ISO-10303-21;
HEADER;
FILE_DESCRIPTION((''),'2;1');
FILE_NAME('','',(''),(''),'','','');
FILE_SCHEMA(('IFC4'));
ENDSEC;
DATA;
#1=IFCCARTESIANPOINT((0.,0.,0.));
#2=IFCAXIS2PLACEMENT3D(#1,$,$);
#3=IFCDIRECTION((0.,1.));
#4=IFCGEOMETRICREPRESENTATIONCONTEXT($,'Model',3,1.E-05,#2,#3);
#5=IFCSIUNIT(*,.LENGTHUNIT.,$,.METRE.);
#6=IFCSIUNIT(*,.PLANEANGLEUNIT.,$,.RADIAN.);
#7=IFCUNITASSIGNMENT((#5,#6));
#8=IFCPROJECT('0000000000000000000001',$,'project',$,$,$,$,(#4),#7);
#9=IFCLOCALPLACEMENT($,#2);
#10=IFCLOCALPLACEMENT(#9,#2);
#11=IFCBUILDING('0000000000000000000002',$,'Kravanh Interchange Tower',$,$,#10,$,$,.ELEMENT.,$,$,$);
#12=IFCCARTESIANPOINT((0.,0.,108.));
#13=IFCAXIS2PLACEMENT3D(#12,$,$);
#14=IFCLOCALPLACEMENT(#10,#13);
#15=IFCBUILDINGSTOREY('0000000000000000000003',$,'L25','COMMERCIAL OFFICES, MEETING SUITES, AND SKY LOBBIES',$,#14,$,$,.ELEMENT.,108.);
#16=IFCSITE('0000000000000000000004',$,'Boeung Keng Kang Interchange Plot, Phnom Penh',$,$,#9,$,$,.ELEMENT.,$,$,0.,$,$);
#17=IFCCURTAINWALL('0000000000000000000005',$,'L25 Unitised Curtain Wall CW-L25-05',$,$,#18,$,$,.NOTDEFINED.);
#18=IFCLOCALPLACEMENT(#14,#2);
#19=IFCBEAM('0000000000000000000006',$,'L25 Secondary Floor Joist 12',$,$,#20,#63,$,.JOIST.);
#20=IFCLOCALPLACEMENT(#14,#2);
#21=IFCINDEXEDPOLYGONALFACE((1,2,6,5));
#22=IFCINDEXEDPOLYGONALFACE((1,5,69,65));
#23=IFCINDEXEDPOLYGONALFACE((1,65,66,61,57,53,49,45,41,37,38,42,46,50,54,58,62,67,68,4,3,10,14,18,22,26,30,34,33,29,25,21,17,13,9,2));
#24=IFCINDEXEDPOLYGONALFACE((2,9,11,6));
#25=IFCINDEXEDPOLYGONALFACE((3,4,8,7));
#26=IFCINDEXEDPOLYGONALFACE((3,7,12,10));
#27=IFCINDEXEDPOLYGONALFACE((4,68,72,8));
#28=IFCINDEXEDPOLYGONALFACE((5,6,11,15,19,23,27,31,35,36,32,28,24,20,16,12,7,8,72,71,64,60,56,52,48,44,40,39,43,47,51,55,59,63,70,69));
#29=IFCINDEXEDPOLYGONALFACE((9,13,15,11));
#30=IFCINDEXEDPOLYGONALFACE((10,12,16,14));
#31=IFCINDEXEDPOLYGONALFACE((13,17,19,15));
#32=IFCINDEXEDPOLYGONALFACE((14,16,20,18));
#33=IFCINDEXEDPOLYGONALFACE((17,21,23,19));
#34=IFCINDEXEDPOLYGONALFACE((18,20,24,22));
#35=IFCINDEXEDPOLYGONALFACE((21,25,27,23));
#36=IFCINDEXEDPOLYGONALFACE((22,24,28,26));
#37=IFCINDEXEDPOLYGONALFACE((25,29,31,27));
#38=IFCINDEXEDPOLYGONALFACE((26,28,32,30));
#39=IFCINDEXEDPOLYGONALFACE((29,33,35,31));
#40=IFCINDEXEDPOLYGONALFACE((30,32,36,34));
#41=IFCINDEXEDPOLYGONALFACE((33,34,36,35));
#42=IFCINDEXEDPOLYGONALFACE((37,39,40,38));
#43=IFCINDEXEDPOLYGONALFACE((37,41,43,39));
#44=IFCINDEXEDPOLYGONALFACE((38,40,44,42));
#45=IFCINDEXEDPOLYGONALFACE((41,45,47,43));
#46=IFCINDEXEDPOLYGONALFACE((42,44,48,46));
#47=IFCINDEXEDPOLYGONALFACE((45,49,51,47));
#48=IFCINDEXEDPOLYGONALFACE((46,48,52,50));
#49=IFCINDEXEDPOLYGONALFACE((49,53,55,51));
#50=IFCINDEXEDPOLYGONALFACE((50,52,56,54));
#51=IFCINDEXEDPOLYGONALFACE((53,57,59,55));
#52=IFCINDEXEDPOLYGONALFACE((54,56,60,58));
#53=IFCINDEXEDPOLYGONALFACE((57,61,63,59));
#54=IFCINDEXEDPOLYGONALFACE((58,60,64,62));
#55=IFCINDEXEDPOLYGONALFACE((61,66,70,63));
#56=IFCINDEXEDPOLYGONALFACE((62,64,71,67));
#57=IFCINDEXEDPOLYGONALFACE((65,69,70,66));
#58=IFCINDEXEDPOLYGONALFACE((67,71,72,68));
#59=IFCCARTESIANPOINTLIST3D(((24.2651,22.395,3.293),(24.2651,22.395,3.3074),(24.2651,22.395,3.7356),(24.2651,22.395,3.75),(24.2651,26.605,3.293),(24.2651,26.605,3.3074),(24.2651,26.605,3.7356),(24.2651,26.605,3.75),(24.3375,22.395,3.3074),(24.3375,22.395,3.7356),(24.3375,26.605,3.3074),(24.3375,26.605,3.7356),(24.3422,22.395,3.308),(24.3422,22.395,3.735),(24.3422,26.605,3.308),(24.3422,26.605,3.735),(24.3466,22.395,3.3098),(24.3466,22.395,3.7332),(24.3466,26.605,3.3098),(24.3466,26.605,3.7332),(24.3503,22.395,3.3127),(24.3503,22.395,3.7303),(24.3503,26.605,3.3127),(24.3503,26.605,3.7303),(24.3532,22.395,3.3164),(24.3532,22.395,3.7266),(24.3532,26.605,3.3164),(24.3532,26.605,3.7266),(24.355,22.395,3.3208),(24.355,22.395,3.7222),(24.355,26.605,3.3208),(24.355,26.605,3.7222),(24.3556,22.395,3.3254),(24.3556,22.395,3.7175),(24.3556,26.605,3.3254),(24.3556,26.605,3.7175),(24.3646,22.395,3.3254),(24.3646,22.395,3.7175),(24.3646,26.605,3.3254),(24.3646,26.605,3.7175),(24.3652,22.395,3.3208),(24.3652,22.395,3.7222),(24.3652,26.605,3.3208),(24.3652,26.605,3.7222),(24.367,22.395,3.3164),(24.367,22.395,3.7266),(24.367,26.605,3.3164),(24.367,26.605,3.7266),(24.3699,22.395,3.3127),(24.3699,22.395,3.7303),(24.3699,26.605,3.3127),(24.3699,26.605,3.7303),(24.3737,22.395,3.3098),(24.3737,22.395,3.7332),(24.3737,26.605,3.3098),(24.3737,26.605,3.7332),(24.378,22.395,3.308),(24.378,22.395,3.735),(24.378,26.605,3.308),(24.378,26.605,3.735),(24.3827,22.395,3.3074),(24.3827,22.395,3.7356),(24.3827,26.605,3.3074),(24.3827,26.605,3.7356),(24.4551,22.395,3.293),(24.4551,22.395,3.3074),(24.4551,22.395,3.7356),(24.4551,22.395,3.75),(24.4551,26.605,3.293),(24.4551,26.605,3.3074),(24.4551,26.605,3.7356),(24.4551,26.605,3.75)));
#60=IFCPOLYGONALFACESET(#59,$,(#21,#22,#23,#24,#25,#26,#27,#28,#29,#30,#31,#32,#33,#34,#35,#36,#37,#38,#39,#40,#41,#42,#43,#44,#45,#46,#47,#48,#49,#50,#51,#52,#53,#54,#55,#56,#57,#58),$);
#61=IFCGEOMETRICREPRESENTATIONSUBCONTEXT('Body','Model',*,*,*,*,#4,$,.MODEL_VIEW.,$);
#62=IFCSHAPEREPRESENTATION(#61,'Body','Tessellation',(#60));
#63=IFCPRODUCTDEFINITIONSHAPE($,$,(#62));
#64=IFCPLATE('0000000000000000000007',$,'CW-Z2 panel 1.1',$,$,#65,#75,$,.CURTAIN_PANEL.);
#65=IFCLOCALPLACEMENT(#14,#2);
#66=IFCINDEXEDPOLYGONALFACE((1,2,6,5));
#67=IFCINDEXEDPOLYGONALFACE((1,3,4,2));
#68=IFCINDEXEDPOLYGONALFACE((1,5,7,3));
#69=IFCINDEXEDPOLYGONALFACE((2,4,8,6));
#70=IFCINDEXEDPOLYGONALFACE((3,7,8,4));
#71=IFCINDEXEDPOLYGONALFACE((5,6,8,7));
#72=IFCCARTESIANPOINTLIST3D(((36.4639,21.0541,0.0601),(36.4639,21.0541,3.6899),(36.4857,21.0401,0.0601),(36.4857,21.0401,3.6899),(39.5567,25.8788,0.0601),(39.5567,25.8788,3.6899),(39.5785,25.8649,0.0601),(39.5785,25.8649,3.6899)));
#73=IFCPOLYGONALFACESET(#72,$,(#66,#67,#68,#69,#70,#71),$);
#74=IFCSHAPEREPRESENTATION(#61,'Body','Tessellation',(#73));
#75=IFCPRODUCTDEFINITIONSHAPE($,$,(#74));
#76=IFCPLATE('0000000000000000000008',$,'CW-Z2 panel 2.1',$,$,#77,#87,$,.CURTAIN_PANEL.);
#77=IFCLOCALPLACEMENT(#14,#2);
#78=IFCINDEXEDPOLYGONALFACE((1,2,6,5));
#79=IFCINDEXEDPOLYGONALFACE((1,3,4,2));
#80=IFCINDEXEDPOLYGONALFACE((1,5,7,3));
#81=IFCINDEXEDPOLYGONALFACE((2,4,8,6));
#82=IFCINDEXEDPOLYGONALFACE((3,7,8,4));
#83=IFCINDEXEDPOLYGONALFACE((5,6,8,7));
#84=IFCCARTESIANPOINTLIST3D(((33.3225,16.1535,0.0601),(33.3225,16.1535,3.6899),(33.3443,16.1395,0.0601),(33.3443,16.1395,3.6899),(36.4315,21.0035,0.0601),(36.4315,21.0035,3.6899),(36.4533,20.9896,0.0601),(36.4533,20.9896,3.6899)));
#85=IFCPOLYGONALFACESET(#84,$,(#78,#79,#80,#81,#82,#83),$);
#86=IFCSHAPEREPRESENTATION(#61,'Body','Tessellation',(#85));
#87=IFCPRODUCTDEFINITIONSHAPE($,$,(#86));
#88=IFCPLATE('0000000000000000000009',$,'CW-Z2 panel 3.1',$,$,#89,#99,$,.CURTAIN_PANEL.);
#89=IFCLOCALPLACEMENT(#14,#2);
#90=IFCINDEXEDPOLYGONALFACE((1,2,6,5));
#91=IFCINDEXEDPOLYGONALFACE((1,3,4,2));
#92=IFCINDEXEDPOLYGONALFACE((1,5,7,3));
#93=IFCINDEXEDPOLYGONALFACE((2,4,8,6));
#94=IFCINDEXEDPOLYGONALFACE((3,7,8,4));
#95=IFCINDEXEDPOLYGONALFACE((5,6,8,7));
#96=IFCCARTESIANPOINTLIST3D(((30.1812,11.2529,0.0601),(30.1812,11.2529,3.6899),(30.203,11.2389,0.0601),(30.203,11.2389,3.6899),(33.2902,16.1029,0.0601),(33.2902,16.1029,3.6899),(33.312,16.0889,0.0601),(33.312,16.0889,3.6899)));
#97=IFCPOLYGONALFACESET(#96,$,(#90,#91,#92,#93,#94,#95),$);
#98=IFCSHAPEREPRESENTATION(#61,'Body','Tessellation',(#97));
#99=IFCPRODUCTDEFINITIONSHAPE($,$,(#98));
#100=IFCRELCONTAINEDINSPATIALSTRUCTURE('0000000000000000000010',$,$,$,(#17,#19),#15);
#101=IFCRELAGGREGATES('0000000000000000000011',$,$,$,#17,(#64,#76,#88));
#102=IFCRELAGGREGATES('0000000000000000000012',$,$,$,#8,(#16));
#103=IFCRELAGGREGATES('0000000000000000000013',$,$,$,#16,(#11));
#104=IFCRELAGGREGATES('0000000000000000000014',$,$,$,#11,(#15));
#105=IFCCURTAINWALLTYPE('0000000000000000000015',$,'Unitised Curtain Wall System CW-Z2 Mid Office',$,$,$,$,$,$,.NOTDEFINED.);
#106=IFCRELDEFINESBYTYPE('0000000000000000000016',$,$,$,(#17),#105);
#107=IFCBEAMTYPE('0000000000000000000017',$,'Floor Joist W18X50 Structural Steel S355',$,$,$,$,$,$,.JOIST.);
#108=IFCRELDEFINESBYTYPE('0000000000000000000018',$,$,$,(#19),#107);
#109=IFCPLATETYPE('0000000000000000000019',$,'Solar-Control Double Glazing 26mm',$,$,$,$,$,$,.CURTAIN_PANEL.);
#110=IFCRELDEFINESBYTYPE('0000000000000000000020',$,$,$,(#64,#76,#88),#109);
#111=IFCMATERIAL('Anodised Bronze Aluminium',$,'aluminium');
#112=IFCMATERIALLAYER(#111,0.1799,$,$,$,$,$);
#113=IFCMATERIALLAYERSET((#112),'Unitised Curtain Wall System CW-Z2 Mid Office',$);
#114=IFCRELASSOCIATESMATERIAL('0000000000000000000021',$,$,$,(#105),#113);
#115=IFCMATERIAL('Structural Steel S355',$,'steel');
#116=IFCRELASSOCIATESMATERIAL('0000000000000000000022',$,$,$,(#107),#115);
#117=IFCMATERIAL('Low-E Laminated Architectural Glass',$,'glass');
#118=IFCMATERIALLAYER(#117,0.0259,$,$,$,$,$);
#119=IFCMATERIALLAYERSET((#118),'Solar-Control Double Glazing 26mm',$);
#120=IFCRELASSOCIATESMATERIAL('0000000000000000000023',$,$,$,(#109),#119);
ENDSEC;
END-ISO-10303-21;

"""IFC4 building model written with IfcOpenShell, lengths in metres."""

from ifc_helpers import new_model, si_unit, direction, frame, origin, origin_2d, place, context, subcontext, project, spatial, rectangle, i_section, extrude, material, layer, layer_set, material_profile, profile_set, type_object, element, aggregate, save


model = new_model("IFC4")

# Units and contexts
model_context = context("Model", 3, precision=1e-05, world=origin(), true_north=direction((0.0, 1.0)))
body_context = subcontext(model_context, "Body", "Model", "MODEL_VIEW")
ifc_project = project(units=[si_unit("LENGTHUNIT", "METRE"), si_unit("PLANEANGLEUNIT", "RADIAN")], contexts=[model_context])

# Site, building, storey
site_placement = place(None, origin())
site = spatial("IfcSite", under=ifc_project, at=site_placement, Name="Boeung Keng Kang Interchange Plot, Phnom Penh", CompositionType="ELEMENT", RefElevation=0.0)
building_placement = place(site_placement, origin())
building = spatial("IfcBuilding", under=site, at=building_placement, Name="Kravanh Interchange Tower", CompositionType="ELEMENT")
storey_placement = place(building_placement, frame((0.0, 0.0, 108.0)))
storey = spatial("IfcBuildingStorey", under=building, at=storey_placement, Name="L25", Description="COMMERCIAL OFFICES, MEETING SUITES, AND SKY LOBBIES", CompositionType="ELEMENT", Elevation=108.0)

# Curtain wall
ifc_material_1 = material(Name="Anodised Bronze Aluminium", Category="aluminium")
ifc_layer_1 = layer(ifc_material_1, 0.1799)
ifc_layer_set_1 = layer_set([ifc_layer_1], Name="Unitised Curtain Wall System CW-Z2 Mid Office")
curtain_wall_type = type_object("IfcCurtainWallType", Name="Unitised Curtain Wall System CW-Z2 Mid Office", PredefinedType="NOTDEFINED", material=ifc_layer_set_1)
curtain_wall_placement = place(storey_placement, origin())
curtain_wall = element("IfcCurtainWall", 1, at=curtain_wall_placement, inside=storey, type_object=curtain_wall_type, Name="L25 Unitised Curtain Wall CW-L25-05", PredefinedType="NOTDEFINED")

# Beam
ifc_material_2 = material(Name="Structural Steel S355", Category="steel")
ifc_material_profile_1 = material_profile(ifc_material_2, i_section(OverallWidth=0.1899, OverallDepth=0.457, WebThickness=0.009, FlangeThickness=0.0144, FilletRadius=0.0181, at=origin_2d()), Name="W18X50")
ifc_profile_set_1 = profile_set([ifc_material_profile_1], Name="Structural Steel S355")
beam_type_1 = type_object("IfcBeamType", Name="Floor Joist W18X50 Structural Steel S355", PredefinedType="JOIST", material=ifc_profile_set_1)
for number, where, z_axis, x_axis, name in (
    (2, (24.3601, 22.395, 3.5215), (0.0, 1.0, 0.0), (-1.0, 0.0, 0.0), "L25 Secondary Floor Joist 12"),
):
    element("IfcBeam", number, at=place(storey_placement, frame(where, z_axis=z_axis, x_axis=x_axis)), inside=storey, type_object=beam_type_1, Name=name, PredefinedType="JOIST", context=body_context, shape_type="SweptSolid", body=[
        extrude(i_section(OverallWidth=0.1899, OverallDepth=0.457, WebThickness=0.009, FlangeThickness=0.0144, FilletRadius=0.0181, at=origin_2d()), origin(), (0.0, 0.0, 1.0), 4.21),
    ])

# Plates
ifc_material_3 = material(Name="Low-E Laminated Architectural Glass", Category="glass")
ifc_layer_2 = layer(ifc_material_3, 0.0259)
ifc_layer_set_2 = layer_set([ifc_layer_2], Name="Solar-Control Double Glazing 26mm")
plate_type = type_object("IfcPlateType", Name="Solar-Control Double Glazing 26mm", PredefinedType="CURTAIN_PANEL", material=ifc_layer_set_2)
plate_1_placement = place(storey_placement, frame((38.0212, 23.4595, 0.0601), z_axis=(0.0, 0.0, 1.0), x_axis=(-0.539665, -0.84188, 0.0)))
plate_1 = element("IfcPlate", 3, at=plate_1_placement, type_object=plate_type, Name="CW-Z2 panel 1.1", PredefinedType="CURTAIN_PANEL", context=body_context, shape_type="SweptSolid", body=[
    extrude(rectangle(XDim=5.731, YDim=0.0259, at=origin_2d()), origin(), (0.0, 0.0, 1.0), 3.6299),
])
plate_2_placement = place(storey_placement, frame((34.8879, 18.5715, 0.0601), z_axis=(0.0, 0.0, 1.0), x_axis=(-0.539665, -0.84188, 0.0)))
plate_2 = element("IfcPlate", 4, at=plate_2_placement, type_object=plate_type, Name="CW-Z2 panel 2.1", PredefinedType="CURTAIN_PANEL", context=body_context, shape_type="SweptSolid", body=[
    extrude(rectangle(XDim=5.761, YDim=0.0259, at=origin_2d()), origin(), (0.0, 0.0, 1.0), 3.6299),
])
plate_3_placement = place(storey_placement, frame((31.7466, 13.6709, 0.0601), z_axis=(0.0, 0.0, 1.0), x_axis=(-0.539665, -0.84188, 0.0)))
plate_3 = element("IfcPlate", 5, at=plate_3_placement, type_object=plate_type, Name="CW-Z2 panel 3.1", PredefinedType="CURTAIN_PANEL", context=body_context, shape_type="SweptSolid", body=[
    extrude(rectangle(XDim=5.761, YDim=0.0259, at=origin_2d()), origin(), (0.0, 0.0, 1.0), 3.6299),
])
aggregate(curtain_wall, [plate_1, plate_2, plate_3])

save(model, "model.ifc")
